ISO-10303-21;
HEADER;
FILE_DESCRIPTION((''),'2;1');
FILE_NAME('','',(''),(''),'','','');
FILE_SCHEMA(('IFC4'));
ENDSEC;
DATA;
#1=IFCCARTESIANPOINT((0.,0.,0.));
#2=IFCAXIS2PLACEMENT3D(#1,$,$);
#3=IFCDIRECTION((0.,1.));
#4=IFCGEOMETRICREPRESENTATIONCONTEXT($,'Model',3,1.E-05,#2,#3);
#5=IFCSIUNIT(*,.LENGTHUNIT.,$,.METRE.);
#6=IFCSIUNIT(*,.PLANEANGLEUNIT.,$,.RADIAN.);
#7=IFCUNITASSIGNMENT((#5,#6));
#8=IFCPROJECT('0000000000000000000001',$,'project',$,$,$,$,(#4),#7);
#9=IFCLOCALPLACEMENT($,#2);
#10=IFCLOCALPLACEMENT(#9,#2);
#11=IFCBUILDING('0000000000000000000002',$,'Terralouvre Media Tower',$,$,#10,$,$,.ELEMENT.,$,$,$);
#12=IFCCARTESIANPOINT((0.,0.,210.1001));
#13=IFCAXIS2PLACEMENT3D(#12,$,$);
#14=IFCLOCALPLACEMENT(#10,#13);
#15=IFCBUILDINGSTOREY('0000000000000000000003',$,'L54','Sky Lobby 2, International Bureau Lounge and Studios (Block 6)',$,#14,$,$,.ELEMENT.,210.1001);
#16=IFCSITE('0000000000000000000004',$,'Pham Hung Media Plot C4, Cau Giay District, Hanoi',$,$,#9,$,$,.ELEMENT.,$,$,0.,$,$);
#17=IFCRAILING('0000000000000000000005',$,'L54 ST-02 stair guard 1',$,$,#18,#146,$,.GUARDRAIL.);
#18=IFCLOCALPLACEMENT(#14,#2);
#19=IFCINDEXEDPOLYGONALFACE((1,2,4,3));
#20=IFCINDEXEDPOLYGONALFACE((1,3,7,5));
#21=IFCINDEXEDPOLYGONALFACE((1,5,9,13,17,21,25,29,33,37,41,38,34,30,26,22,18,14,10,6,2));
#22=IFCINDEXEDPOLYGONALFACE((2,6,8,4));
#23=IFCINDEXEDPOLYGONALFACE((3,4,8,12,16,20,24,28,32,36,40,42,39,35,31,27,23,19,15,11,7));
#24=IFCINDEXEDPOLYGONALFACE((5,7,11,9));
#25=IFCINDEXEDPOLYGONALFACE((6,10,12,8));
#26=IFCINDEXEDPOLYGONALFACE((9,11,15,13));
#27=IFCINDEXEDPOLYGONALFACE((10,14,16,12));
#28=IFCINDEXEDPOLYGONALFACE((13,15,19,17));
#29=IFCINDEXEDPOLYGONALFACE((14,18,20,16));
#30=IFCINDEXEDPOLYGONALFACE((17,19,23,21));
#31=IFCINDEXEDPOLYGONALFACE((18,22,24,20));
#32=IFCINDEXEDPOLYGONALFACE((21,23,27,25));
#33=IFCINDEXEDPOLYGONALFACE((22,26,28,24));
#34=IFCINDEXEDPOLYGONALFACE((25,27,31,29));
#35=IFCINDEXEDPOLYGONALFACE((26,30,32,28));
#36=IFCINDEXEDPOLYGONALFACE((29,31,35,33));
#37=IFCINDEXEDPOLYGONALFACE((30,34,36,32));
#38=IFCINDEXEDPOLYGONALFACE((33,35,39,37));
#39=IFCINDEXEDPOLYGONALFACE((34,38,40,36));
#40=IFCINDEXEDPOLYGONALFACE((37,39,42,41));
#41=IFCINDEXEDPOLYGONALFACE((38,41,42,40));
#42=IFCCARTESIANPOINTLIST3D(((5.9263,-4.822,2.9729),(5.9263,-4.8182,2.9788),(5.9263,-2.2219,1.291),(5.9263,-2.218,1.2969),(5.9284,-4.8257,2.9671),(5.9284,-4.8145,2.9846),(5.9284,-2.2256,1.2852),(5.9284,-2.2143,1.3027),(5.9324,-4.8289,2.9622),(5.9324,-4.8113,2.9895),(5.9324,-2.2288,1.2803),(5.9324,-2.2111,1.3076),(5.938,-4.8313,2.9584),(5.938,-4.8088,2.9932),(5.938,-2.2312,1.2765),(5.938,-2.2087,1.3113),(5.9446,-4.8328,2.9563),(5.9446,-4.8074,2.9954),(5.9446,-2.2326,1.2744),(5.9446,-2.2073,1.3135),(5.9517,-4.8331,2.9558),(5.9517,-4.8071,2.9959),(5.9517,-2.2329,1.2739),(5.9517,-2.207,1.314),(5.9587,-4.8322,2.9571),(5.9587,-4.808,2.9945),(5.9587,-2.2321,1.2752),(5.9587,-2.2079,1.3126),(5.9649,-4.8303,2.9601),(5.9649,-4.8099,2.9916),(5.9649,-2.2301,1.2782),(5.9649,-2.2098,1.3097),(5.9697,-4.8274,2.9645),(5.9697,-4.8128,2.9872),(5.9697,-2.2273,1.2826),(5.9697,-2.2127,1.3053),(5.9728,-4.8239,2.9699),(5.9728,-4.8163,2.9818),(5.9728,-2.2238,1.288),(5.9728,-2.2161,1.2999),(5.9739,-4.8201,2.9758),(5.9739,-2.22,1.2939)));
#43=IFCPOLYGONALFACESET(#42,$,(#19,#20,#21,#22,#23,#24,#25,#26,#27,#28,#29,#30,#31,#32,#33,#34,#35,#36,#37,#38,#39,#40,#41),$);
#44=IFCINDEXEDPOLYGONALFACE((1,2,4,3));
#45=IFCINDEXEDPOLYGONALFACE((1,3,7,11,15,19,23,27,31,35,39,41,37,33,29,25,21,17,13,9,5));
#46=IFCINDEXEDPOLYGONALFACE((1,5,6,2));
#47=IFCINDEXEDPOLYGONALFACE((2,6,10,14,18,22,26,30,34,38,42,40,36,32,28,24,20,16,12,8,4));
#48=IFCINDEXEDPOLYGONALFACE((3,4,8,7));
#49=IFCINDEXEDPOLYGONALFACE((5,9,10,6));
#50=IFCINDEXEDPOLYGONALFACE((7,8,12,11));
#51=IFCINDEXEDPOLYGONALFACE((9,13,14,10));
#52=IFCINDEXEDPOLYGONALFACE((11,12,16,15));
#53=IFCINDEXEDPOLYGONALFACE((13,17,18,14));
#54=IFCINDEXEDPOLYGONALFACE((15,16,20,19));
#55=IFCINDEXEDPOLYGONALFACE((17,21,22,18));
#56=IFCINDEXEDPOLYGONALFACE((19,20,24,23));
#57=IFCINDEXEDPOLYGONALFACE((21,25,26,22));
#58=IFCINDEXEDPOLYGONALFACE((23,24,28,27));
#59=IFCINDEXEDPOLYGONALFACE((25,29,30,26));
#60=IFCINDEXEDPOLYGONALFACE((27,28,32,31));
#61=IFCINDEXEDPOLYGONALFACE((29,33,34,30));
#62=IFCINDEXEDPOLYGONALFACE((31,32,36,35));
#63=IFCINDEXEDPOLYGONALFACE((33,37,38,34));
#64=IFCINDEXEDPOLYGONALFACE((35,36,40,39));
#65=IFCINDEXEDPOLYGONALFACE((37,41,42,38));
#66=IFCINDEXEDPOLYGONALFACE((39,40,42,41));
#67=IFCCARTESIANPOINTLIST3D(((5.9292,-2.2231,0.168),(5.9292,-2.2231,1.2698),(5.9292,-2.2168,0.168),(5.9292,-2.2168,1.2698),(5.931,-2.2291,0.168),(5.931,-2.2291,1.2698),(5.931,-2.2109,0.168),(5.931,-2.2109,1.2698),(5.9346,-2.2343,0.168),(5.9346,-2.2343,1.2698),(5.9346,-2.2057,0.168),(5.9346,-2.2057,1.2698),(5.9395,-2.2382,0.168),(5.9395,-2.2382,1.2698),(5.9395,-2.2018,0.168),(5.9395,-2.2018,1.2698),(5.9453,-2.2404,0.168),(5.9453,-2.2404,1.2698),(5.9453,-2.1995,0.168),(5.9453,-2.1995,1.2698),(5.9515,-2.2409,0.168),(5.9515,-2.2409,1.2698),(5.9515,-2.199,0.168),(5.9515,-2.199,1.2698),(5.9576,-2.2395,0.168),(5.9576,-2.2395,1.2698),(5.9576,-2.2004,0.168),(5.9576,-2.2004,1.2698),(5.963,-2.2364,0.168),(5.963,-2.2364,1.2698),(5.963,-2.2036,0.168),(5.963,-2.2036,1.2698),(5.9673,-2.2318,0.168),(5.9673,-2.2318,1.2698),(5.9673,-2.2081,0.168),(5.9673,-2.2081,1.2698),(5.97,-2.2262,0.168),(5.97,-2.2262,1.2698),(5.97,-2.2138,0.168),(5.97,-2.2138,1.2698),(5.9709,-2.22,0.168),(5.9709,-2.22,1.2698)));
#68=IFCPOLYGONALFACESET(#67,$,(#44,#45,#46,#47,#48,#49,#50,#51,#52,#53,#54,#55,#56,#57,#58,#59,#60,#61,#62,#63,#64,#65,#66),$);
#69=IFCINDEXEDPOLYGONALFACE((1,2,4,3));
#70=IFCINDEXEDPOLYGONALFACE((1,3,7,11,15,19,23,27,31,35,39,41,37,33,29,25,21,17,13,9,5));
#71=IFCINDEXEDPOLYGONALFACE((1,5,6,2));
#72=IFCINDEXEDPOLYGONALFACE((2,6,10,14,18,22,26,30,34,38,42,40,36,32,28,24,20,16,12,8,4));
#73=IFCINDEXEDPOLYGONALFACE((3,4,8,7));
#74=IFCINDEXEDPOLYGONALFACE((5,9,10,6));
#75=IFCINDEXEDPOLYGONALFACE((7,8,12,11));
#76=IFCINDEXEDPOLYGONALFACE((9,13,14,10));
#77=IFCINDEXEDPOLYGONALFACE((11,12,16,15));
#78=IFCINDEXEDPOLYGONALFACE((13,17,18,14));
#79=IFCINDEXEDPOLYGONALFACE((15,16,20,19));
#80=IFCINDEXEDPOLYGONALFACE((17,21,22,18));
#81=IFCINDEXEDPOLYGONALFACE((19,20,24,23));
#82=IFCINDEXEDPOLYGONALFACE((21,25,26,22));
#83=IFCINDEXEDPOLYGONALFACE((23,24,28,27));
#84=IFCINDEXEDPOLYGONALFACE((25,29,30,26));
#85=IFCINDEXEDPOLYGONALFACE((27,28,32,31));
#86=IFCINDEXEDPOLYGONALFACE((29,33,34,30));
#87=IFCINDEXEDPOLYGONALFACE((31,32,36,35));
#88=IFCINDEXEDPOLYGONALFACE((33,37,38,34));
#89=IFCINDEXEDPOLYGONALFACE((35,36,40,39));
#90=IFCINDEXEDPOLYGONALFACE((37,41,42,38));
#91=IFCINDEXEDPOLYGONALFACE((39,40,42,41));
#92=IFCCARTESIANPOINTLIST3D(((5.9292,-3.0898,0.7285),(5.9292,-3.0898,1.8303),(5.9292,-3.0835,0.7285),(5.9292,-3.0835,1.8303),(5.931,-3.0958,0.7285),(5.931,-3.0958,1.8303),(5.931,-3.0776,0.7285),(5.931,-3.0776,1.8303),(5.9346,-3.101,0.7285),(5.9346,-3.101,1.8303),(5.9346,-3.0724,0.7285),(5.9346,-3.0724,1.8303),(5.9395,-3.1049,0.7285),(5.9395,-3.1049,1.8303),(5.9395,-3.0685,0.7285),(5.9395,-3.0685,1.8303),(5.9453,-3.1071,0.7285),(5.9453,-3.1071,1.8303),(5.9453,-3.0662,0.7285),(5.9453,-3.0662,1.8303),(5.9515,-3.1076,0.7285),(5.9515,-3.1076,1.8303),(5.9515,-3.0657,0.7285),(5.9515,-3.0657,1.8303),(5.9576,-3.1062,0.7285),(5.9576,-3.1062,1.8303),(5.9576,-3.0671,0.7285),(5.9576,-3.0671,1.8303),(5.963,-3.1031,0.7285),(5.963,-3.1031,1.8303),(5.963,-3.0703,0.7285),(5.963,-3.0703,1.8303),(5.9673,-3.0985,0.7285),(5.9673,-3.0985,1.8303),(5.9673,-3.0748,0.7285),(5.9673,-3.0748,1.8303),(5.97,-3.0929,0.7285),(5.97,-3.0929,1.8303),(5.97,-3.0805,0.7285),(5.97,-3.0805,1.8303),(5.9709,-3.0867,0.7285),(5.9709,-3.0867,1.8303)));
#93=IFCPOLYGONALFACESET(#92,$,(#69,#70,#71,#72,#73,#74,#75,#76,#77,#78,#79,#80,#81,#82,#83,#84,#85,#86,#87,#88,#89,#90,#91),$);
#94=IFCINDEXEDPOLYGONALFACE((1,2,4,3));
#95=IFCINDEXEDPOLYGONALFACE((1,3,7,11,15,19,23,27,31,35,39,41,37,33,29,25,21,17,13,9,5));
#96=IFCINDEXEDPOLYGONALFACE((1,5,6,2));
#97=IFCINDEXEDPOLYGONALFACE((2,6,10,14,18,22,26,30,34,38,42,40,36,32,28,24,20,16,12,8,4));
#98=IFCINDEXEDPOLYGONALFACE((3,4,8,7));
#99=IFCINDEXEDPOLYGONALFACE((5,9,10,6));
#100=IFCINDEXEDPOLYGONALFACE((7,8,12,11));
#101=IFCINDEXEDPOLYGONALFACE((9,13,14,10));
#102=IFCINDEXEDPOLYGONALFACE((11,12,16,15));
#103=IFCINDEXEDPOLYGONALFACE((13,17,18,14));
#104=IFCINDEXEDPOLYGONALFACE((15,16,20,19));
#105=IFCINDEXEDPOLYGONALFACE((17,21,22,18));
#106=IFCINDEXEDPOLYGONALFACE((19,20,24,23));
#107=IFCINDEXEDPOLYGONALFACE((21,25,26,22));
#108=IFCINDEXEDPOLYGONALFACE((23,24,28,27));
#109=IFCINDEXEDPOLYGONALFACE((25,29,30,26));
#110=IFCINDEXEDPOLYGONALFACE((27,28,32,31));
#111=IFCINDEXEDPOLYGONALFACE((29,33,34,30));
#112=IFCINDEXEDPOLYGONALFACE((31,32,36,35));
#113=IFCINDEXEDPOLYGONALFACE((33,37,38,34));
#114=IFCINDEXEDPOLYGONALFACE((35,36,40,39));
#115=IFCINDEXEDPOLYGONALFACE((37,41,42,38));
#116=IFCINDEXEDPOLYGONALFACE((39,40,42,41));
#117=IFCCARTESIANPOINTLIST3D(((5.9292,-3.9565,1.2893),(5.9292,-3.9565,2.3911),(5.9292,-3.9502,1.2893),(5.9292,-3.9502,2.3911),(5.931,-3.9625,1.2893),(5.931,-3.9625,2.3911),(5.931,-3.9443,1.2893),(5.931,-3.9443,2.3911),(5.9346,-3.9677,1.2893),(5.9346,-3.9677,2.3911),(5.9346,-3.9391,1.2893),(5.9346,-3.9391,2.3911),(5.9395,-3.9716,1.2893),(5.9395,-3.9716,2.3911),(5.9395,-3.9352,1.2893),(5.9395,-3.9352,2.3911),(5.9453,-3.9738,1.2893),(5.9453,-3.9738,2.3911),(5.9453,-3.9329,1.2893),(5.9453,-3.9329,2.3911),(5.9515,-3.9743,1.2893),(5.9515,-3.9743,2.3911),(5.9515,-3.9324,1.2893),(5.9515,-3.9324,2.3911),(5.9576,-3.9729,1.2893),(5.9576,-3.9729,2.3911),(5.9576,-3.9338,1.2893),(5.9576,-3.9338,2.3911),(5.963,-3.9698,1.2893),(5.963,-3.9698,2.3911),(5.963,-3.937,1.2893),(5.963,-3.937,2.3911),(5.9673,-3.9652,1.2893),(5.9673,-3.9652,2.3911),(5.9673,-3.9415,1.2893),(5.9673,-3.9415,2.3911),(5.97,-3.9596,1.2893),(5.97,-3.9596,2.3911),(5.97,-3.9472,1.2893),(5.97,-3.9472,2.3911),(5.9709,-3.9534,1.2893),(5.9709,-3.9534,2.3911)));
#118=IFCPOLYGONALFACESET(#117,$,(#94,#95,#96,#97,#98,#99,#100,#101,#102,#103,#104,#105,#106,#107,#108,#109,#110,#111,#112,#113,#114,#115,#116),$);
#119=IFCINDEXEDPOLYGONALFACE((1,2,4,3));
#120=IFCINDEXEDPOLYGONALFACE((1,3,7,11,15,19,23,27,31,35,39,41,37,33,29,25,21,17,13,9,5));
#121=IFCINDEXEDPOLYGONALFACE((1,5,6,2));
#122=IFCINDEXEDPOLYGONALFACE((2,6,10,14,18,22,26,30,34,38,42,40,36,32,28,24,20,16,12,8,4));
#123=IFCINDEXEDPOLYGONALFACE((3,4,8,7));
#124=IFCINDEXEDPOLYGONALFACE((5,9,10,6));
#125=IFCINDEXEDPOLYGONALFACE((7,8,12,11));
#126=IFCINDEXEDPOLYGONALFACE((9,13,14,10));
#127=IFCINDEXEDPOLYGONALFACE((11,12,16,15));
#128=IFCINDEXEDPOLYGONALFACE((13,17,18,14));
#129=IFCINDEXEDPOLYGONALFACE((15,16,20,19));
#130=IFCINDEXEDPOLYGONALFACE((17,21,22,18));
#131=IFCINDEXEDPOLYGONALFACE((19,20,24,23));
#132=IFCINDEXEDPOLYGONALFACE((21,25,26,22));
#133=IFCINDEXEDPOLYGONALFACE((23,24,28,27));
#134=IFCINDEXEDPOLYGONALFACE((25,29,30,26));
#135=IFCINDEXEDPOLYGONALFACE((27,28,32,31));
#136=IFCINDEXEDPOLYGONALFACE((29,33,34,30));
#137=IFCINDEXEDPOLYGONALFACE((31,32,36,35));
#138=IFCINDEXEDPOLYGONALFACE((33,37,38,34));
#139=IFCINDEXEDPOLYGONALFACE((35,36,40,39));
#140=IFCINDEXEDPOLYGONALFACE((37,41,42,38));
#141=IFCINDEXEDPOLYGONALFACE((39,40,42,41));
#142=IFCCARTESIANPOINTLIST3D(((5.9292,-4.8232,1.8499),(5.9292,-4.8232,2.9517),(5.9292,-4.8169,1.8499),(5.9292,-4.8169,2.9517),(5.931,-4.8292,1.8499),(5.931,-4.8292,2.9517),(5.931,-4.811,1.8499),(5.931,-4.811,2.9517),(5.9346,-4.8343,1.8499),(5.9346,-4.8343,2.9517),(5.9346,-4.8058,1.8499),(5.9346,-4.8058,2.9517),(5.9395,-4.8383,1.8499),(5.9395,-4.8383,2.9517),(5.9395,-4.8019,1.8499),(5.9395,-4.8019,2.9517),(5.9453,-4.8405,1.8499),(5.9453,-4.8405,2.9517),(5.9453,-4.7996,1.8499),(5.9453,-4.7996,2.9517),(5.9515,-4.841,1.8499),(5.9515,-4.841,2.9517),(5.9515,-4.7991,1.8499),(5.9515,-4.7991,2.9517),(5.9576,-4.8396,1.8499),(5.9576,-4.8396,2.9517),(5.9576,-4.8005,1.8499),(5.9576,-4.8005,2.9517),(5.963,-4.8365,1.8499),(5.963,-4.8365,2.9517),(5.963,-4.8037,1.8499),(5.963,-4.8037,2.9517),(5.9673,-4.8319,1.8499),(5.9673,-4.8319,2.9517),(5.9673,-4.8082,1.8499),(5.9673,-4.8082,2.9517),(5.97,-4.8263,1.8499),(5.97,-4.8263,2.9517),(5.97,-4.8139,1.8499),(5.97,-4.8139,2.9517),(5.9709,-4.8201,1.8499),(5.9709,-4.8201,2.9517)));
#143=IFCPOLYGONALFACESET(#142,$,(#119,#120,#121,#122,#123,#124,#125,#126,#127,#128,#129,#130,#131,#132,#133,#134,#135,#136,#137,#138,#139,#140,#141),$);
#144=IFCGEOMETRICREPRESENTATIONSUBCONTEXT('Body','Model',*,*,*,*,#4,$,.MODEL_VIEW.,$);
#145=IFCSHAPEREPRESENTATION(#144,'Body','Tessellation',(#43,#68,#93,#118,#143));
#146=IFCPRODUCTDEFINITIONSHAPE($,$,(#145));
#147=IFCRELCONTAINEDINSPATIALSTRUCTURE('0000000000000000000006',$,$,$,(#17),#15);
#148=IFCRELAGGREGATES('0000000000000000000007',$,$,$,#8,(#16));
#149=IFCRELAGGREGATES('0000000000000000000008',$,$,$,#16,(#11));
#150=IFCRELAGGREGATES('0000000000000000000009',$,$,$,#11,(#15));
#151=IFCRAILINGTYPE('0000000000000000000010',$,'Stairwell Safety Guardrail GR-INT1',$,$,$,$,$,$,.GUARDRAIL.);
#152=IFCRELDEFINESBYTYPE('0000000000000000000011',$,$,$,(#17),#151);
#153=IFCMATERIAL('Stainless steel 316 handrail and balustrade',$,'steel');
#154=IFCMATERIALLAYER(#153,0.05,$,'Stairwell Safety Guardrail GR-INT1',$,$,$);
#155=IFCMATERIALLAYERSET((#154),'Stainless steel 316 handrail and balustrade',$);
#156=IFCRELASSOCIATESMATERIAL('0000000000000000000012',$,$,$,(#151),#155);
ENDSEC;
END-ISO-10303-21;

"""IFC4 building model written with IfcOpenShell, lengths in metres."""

from ifc_helpers import new_model, si_unit, direction, frame, origin, origin_2d, place, context, subcontext, project, spatial, circle, extrude, material, layer, layer_set, type_object, element, save


model = new_model("IFC4")

# Units and contexts
model_context = context("Model", 3, precision=1e-05, world=origin(), true_north=direction((0.0, 1.0)))
body_context = subcontext(model_context, "Body", "Model", "MODEL_VIEW")
ifc_project = project(units=[si_unit("LENGTHUNIT", "METRE"), si_unit("PLANEANGLEUNIT", "RADIAN")], contexts=[model_context])

# Site, building, storey
site_placement = place(None, origin())
site = spatial("IfcSite", under=ifc_project, at=site_placement, Name="Pham Hung Media Plot C4, Cau Giay District, Hanoi", CompositionType="ELEMENT", RefElevation=0.0)
building_placement = place(site_placement, origin())
building = spatial("IfcBuilding", under=site, at=building_placement, Name="Terralouvre Media Tower", CompositionType="ELEMENT")
storey_placement = place(building_placement, frame((0.0, 0.0, 210.1001)))
storey = spatial("IfcBuildingStorey", under=building, at=storey_placement, Name="L54", Description="Sky Lobby 2, International Bureau Lounge and Studios (Block 6)", CompositionType="ELEMENT", Elevation=210.1001)

# Railing
ifc_material_1 = material(Name="Stainless steel 316 handrail and balustrade", Category="steel")
ifc_layer_1 = layer(ifc_material_1, 0.05, Name="Stairwell Safety Guardrail GR-INT1")
ifc_layer_set_1 = layer_set([ifc_layer_1], Name="Stainless steel 316 handrail and balustrade")
railing_type_1 = type_object("IfcRailingType", Name="Stairwell Safety Guardrail GR-INT1", PredefinedType="GUARDRAIL", material=ifc_layer_set_1)
railing_1_placement = place(storey_placement, frame((5.95, -2.22, 0.168)))
element("IfcRailing", 1, at=railing_1_placement, inside=storey, type_object=railing_type_1, Name="L54 ST-02 stair guard 1", PredefinedType="GUARDRAIL", context=body_context, shape_type="SweptSolid", body=[
    extrude(circle(Radius=0.0239, at=origin_2d()), frame((0.0, 0.0, 1.126), z_axis=(0.0, -0.839648, 0.54313), x_axis=(1.0, 0.0, 0.0)), (0.0, 0.0, 1.0), 3.0967),
    extrude(circle(Radius=0.021, at=origin_2d()), origin(), (0.0, 0.0, 1.0), 1.1018),
    extrude(circle(Radius=0.021, at=origin_2d()), frame((0.0, -0.8667, 0.5605)), (0.0, 0.0, 1.0), 1.1018),
    extrude(circle(Radius=0.021, at=origin_2d()), frame((0.0, -1.7334, 1.1213)), (0.0, 0.0, 1.0), 1.1018),
    extrude(circle(Radius=0.021, at=origin_2d()), frame((0.0, -2.6001, 1.6819)), (0.0, 0.0, 1.0), 1.1018),
])

save(model, "model.ifc")
